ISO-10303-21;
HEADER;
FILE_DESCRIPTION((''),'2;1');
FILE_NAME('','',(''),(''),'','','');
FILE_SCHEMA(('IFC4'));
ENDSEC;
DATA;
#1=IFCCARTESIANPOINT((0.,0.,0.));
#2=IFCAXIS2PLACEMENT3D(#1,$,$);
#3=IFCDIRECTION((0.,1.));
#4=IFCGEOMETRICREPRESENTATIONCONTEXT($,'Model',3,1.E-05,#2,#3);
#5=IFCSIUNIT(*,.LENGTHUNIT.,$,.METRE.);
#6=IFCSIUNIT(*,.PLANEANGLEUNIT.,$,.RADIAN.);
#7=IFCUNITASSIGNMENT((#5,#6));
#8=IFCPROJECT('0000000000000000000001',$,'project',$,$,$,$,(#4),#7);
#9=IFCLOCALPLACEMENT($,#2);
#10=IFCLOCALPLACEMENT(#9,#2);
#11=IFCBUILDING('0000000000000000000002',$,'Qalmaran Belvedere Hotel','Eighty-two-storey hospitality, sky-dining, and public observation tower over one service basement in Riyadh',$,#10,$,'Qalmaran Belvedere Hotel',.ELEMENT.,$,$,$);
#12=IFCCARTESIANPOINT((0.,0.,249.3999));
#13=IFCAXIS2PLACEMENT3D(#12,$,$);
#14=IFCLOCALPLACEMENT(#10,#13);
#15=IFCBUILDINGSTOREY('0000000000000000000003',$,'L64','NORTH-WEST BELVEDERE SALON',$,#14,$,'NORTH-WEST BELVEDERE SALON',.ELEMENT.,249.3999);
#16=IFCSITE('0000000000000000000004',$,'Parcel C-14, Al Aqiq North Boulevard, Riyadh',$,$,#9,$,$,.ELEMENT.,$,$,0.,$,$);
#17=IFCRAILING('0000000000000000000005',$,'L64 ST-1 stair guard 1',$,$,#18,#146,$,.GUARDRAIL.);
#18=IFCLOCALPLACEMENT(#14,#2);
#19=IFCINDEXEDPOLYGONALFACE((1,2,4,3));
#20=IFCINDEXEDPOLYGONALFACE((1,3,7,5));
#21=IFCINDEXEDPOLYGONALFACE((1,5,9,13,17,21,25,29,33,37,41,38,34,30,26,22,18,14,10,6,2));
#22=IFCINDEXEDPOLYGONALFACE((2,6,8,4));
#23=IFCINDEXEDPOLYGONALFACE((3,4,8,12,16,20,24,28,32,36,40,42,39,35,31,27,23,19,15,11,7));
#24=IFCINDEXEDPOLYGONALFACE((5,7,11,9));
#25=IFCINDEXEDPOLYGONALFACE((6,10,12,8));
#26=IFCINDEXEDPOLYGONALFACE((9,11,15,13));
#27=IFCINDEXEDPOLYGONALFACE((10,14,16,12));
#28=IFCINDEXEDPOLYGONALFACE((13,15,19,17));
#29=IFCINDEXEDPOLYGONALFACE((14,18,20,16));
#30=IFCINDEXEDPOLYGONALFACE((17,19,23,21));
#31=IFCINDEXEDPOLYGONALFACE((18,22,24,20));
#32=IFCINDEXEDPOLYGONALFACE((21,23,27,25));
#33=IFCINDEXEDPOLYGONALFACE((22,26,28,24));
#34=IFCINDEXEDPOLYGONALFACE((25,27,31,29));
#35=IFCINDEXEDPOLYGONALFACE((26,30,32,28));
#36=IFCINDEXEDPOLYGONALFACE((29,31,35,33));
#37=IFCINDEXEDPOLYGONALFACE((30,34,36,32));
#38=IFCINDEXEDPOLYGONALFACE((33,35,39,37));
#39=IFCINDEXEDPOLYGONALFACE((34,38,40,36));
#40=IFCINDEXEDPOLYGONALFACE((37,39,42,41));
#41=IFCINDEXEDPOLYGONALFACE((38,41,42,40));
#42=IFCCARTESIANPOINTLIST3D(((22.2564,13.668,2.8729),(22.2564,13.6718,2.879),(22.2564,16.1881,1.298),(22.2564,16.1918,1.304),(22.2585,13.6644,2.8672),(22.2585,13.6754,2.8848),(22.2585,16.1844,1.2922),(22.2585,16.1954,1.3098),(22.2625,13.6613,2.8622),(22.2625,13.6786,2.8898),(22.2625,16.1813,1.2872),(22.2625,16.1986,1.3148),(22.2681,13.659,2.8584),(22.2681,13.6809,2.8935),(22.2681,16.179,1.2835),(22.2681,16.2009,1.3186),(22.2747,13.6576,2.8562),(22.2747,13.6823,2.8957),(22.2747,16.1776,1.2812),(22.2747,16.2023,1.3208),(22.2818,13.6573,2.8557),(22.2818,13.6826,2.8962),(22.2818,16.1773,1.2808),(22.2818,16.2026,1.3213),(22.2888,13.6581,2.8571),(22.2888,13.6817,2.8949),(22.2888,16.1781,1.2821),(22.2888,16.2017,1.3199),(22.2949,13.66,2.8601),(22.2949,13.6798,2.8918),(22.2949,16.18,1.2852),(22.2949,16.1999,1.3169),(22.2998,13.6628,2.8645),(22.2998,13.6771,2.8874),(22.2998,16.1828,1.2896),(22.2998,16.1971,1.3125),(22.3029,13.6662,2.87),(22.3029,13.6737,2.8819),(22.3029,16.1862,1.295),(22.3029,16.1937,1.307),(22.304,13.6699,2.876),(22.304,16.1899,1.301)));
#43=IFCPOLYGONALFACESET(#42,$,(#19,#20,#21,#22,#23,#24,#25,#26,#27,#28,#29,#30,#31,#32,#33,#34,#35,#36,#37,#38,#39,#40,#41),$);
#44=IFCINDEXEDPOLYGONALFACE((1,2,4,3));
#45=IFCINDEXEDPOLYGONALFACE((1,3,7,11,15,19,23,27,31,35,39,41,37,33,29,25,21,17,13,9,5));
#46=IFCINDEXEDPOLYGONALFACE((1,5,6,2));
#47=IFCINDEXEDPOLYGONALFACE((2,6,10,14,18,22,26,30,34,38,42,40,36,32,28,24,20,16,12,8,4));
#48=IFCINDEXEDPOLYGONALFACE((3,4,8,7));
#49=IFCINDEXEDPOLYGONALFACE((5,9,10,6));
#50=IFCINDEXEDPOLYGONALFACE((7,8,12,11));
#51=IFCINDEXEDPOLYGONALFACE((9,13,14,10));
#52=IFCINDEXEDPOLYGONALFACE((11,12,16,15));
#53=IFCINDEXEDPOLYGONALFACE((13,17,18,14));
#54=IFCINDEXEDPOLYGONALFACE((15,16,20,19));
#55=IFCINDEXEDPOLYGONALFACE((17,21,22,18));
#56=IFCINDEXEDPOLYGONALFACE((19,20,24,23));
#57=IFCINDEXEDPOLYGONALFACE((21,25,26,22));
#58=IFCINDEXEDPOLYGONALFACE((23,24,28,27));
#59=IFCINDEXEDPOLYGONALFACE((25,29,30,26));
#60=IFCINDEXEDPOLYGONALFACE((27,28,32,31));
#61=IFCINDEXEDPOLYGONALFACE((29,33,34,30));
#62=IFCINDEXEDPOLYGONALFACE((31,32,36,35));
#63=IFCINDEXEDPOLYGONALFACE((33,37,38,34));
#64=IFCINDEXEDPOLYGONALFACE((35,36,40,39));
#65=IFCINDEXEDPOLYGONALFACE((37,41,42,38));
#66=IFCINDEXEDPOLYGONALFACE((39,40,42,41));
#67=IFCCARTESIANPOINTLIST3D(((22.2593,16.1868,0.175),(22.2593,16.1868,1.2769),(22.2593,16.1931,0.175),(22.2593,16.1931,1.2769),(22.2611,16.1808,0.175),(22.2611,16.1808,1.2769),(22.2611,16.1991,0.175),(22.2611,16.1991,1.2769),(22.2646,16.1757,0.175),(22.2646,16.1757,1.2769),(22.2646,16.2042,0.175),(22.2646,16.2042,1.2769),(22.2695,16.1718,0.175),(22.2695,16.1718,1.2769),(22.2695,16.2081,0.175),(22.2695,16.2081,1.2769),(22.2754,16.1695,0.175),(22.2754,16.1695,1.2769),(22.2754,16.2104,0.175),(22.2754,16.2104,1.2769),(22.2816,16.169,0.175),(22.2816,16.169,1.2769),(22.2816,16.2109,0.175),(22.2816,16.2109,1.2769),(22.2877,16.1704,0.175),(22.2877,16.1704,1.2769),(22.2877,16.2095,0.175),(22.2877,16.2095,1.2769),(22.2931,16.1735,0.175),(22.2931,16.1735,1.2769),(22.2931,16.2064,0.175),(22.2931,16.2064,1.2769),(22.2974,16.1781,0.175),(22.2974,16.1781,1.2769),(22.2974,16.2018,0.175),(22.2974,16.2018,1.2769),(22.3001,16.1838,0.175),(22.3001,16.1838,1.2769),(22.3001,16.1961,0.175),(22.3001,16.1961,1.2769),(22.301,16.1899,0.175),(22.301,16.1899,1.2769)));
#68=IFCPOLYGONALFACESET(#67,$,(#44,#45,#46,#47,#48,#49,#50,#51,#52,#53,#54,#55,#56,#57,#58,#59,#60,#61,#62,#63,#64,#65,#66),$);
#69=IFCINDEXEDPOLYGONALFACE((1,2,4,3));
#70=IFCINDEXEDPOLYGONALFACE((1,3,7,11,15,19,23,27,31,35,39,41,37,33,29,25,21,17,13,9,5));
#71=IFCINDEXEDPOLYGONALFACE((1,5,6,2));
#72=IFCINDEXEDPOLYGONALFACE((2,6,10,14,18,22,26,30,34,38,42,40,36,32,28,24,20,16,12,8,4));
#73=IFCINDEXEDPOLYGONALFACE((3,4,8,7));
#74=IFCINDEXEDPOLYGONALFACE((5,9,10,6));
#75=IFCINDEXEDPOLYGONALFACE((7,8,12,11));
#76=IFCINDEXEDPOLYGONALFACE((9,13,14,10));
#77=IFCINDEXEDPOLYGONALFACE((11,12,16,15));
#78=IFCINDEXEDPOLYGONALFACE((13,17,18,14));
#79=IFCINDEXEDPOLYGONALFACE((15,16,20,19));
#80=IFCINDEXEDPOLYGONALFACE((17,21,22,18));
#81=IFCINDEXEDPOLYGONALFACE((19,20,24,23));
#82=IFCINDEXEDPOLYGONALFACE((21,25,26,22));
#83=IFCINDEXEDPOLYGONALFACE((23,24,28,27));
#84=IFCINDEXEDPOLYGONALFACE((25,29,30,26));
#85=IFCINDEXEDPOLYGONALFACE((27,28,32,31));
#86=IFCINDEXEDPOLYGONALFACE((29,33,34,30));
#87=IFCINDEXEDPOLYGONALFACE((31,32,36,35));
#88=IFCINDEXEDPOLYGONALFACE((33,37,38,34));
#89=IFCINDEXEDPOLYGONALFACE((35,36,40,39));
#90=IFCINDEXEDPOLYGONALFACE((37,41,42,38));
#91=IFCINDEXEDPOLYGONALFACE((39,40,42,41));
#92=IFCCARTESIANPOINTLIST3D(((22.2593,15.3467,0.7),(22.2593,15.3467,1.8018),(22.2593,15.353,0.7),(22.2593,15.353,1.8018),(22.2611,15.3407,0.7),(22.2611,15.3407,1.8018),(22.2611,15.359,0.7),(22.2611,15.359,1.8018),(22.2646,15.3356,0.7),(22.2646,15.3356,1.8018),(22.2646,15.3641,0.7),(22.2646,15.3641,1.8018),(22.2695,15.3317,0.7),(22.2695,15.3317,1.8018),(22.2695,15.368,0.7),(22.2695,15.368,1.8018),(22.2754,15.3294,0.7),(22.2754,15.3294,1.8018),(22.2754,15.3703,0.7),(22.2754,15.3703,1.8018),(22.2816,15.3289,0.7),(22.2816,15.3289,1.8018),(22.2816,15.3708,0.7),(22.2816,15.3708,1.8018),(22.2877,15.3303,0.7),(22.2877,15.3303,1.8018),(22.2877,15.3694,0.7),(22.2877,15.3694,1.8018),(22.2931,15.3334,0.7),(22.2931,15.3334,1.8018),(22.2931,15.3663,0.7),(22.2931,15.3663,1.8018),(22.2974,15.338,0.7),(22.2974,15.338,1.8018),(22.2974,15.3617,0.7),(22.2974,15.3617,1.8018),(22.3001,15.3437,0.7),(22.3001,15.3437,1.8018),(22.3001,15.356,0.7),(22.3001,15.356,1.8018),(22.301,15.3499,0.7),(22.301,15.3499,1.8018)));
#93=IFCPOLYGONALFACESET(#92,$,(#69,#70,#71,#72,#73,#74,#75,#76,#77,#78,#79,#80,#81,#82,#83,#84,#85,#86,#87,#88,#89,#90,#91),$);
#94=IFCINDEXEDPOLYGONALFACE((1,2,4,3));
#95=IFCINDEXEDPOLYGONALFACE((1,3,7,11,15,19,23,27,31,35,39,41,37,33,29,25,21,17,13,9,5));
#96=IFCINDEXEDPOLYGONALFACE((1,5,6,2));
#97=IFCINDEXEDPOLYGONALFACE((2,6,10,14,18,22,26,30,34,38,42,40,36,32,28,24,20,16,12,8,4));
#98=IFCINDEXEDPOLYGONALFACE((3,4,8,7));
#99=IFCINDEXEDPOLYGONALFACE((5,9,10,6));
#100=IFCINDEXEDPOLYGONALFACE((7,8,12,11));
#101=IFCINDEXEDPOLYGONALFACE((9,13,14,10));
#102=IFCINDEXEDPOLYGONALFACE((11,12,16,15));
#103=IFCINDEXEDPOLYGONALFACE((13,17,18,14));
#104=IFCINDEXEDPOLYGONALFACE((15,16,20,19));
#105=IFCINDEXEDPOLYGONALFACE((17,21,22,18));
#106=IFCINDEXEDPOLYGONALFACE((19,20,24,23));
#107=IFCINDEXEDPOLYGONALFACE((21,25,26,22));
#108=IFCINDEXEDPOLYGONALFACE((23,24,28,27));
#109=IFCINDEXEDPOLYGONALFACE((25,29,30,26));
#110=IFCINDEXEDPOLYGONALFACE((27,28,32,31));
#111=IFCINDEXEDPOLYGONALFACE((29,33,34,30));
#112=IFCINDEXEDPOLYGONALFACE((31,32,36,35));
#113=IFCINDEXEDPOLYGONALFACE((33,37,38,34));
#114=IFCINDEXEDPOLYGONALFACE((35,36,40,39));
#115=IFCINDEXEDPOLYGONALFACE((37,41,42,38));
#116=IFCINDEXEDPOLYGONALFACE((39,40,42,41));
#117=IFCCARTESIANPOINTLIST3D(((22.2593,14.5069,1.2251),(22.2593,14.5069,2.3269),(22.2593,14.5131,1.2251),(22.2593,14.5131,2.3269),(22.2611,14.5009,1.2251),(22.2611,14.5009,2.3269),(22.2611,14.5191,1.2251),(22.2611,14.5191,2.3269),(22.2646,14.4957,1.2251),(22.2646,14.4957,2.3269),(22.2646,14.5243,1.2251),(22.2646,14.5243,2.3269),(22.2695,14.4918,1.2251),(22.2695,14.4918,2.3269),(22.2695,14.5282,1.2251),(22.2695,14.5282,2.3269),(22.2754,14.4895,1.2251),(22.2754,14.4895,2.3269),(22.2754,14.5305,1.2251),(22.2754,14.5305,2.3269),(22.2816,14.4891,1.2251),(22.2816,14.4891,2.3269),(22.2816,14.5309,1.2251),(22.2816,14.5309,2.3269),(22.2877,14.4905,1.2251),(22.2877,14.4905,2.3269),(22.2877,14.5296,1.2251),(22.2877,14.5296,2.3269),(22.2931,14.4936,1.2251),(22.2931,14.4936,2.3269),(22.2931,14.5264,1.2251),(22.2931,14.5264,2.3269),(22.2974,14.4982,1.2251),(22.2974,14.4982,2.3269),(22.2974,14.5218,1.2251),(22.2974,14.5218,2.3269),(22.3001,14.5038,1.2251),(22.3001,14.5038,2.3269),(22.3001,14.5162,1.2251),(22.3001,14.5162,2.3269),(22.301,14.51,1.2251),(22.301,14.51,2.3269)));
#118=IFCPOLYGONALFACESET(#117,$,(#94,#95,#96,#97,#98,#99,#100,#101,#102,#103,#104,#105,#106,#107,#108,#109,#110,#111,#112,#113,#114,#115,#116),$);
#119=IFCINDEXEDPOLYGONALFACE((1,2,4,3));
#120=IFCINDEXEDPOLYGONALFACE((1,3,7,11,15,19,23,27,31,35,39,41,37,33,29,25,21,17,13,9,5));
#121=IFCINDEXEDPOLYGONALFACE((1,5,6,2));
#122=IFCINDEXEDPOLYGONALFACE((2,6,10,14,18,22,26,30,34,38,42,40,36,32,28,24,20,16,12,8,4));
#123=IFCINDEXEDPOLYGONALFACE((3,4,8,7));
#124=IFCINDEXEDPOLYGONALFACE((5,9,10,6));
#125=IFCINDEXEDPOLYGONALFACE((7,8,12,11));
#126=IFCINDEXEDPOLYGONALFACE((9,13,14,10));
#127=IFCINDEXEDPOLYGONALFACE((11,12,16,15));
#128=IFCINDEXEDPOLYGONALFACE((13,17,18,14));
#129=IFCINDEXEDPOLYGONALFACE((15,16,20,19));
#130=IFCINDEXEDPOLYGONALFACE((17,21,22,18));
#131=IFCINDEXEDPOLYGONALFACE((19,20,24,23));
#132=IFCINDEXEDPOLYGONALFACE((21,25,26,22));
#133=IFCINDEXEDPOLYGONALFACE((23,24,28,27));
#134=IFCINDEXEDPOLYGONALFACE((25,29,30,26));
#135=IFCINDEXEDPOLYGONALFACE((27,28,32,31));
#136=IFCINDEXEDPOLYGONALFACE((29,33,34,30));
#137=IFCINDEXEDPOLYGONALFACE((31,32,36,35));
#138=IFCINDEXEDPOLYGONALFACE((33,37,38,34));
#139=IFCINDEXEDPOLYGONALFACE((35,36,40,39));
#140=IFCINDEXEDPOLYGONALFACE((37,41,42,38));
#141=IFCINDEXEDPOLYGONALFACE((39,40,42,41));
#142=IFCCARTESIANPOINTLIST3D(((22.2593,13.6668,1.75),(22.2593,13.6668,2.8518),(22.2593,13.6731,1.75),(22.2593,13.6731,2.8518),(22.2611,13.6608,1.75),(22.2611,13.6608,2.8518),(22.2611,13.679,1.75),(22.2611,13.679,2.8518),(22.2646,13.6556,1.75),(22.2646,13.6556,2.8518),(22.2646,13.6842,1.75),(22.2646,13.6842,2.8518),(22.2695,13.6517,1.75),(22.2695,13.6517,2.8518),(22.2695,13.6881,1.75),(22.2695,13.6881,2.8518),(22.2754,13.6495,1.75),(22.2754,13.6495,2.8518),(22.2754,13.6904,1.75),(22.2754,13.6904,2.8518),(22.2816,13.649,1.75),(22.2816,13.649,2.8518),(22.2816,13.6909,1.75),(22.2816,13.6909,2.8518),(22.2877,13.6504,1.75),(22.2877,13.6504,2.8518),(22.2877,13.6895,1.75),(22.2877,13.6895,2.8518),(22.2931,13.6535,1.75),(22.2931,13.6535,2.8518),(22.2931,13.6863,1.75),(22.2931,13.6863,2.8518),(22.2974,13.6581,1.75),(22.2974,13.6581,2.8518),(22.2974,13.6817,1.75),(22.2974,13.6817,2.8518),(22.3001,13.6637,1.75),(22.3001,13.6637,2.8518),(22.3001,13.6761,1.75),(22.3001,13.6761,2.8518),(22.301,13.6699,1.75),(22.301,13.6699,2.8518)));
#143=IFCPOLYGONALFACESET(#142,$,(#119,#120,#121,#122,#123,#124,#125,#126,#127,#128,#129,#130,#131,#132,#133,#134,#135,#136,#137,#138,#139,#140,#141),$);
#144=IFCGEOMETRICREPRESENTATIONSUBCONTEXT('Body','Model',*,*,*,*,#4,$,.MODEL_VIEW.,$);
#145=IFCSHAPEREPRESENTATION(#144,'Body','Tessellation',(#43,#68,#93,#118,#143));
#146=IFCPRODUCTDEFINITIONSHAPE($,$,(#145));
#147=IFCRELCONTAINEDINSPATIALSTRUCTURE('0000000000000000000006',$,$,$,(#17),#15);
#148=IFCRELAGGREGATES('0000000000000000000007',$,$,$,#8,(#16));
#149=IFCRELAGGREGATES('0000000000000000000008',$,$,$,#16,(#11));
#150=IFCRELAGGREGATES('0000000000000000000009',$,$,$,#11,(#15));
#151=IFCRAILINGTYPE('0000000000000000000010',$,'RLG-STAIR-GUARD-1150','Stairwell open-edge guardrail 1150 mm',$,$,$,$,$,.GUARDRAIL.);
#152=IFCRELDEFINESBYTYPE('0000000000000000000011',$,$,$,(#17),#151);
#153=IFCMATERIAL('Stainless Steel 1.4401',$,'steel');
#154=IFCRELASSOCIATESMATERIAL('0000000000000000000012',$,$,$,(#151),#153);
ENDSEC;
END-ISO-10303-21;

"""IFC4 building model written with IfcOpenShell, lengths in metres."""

from ifc_helpers import new_model, si_unit, direction, frame, origin, origin_2d, place, context, subcontext, project, spatial, circle, extrude, material, type_object, element, save


model = new_model("IFC4")

# Units and contexts
model_context = context("Model", 3, precision=1e-05, world=origin(), true_north=direction((0.0, 1.0)))
body_context = subcontext(model_context, "Body", "Model", "MODEL_VIEW")
ifc_project = project(units=[si_unit("LENGTHUNIT", "METRE"), si_unit("PLANEANGLEUNIT", "RADIAN")], contexts=[model_context])

# Site, building, storey
site_placement = place(None, origin())
site = spatial("IfcSite", under=ifc_project, at=site_placement, Name="Parcel C-14, Al Aqiq North Boulevard, Riyadh", CompositionType="ELEMENT", RefElevation=0.0)
building_placement = place(site_placement, origin())
building = spatial("IfcBuilding", under=site, at=building_placement, Name="Qalmaran Belvedere Hotel", Description="Eighty-two-storey hospitality, sky-dining, and public observation tower over one service basement in Riyadh", LongName="Qalmaran Belvedere Hotel", CompositionType="ELEMENT")
storey_placement = place(building_placement, frame((0.0, 0.0, 249.3999)))
storey = spatial("IfcBuildingStorey", under=building, at=storey_placement, Name="L64", Description="NORTH-WEST BELVEDERE SALON", LongName="NORTH-WEST BELVEDERE SALON", CompositionType="ELEMENT", Elevation=249.3999)

# Shared definitions
ifc_material_1 = material(Name="Stainless Steel 1.4401", Category="steel")

# Railing
railing_type_1 = type_object("IfcRailingType", Name="RLG-STAIR-GUARD-1150", Description="Stairwell open-edge guardrail 1150 mm", PredefinedType="GUARDRAIL", material=ifc_material_1)
railing_1_placement = place(storey_placement, frame((22.28, 16.1899, 0.175)))
element("IfcRailing", 1, at=railing_1_placement, inside=storey, type_object=railing_type_1, Name="L64 ST-1 stair guard 1", PredefinedType="GUARDRAIL", context=body_context, shape_type="SweptSolid", body=[
    extrude(circle(Radius=0.0239, at=origin_2d()), frame((0.0, 0.0, 1.126), z_axis=(0.0, -0.848008, 0.529984), x_axis=(1.0, 0.0, 0.0)), (0.0, 0.0, 1.0), 2.9717),
    extrude(circle(Radius=0.021, at=origin_2d()), origin(), (0.0, 0.0, 1.0), 1.1018),
    extrude(circle(Radius=0.021, at=origin_2d()), frame((0.0, -0.8401, 0.5249)), (0.0, 0.0, 1.0), 1.1018),
    extrude(circle(Radius=0.021, at=origin_2d()), frame((0.0, -1.6799, 1.05)), (0.0, 0.0, 1.0), 1.1018),
    extrude(circle(Radius=0.021, at=origin_2d()), frame((0.0, -2.52, 1.575)), (0.0, 0.0, 1.0), 1.1018),
])

save(model, "model.ifc")
